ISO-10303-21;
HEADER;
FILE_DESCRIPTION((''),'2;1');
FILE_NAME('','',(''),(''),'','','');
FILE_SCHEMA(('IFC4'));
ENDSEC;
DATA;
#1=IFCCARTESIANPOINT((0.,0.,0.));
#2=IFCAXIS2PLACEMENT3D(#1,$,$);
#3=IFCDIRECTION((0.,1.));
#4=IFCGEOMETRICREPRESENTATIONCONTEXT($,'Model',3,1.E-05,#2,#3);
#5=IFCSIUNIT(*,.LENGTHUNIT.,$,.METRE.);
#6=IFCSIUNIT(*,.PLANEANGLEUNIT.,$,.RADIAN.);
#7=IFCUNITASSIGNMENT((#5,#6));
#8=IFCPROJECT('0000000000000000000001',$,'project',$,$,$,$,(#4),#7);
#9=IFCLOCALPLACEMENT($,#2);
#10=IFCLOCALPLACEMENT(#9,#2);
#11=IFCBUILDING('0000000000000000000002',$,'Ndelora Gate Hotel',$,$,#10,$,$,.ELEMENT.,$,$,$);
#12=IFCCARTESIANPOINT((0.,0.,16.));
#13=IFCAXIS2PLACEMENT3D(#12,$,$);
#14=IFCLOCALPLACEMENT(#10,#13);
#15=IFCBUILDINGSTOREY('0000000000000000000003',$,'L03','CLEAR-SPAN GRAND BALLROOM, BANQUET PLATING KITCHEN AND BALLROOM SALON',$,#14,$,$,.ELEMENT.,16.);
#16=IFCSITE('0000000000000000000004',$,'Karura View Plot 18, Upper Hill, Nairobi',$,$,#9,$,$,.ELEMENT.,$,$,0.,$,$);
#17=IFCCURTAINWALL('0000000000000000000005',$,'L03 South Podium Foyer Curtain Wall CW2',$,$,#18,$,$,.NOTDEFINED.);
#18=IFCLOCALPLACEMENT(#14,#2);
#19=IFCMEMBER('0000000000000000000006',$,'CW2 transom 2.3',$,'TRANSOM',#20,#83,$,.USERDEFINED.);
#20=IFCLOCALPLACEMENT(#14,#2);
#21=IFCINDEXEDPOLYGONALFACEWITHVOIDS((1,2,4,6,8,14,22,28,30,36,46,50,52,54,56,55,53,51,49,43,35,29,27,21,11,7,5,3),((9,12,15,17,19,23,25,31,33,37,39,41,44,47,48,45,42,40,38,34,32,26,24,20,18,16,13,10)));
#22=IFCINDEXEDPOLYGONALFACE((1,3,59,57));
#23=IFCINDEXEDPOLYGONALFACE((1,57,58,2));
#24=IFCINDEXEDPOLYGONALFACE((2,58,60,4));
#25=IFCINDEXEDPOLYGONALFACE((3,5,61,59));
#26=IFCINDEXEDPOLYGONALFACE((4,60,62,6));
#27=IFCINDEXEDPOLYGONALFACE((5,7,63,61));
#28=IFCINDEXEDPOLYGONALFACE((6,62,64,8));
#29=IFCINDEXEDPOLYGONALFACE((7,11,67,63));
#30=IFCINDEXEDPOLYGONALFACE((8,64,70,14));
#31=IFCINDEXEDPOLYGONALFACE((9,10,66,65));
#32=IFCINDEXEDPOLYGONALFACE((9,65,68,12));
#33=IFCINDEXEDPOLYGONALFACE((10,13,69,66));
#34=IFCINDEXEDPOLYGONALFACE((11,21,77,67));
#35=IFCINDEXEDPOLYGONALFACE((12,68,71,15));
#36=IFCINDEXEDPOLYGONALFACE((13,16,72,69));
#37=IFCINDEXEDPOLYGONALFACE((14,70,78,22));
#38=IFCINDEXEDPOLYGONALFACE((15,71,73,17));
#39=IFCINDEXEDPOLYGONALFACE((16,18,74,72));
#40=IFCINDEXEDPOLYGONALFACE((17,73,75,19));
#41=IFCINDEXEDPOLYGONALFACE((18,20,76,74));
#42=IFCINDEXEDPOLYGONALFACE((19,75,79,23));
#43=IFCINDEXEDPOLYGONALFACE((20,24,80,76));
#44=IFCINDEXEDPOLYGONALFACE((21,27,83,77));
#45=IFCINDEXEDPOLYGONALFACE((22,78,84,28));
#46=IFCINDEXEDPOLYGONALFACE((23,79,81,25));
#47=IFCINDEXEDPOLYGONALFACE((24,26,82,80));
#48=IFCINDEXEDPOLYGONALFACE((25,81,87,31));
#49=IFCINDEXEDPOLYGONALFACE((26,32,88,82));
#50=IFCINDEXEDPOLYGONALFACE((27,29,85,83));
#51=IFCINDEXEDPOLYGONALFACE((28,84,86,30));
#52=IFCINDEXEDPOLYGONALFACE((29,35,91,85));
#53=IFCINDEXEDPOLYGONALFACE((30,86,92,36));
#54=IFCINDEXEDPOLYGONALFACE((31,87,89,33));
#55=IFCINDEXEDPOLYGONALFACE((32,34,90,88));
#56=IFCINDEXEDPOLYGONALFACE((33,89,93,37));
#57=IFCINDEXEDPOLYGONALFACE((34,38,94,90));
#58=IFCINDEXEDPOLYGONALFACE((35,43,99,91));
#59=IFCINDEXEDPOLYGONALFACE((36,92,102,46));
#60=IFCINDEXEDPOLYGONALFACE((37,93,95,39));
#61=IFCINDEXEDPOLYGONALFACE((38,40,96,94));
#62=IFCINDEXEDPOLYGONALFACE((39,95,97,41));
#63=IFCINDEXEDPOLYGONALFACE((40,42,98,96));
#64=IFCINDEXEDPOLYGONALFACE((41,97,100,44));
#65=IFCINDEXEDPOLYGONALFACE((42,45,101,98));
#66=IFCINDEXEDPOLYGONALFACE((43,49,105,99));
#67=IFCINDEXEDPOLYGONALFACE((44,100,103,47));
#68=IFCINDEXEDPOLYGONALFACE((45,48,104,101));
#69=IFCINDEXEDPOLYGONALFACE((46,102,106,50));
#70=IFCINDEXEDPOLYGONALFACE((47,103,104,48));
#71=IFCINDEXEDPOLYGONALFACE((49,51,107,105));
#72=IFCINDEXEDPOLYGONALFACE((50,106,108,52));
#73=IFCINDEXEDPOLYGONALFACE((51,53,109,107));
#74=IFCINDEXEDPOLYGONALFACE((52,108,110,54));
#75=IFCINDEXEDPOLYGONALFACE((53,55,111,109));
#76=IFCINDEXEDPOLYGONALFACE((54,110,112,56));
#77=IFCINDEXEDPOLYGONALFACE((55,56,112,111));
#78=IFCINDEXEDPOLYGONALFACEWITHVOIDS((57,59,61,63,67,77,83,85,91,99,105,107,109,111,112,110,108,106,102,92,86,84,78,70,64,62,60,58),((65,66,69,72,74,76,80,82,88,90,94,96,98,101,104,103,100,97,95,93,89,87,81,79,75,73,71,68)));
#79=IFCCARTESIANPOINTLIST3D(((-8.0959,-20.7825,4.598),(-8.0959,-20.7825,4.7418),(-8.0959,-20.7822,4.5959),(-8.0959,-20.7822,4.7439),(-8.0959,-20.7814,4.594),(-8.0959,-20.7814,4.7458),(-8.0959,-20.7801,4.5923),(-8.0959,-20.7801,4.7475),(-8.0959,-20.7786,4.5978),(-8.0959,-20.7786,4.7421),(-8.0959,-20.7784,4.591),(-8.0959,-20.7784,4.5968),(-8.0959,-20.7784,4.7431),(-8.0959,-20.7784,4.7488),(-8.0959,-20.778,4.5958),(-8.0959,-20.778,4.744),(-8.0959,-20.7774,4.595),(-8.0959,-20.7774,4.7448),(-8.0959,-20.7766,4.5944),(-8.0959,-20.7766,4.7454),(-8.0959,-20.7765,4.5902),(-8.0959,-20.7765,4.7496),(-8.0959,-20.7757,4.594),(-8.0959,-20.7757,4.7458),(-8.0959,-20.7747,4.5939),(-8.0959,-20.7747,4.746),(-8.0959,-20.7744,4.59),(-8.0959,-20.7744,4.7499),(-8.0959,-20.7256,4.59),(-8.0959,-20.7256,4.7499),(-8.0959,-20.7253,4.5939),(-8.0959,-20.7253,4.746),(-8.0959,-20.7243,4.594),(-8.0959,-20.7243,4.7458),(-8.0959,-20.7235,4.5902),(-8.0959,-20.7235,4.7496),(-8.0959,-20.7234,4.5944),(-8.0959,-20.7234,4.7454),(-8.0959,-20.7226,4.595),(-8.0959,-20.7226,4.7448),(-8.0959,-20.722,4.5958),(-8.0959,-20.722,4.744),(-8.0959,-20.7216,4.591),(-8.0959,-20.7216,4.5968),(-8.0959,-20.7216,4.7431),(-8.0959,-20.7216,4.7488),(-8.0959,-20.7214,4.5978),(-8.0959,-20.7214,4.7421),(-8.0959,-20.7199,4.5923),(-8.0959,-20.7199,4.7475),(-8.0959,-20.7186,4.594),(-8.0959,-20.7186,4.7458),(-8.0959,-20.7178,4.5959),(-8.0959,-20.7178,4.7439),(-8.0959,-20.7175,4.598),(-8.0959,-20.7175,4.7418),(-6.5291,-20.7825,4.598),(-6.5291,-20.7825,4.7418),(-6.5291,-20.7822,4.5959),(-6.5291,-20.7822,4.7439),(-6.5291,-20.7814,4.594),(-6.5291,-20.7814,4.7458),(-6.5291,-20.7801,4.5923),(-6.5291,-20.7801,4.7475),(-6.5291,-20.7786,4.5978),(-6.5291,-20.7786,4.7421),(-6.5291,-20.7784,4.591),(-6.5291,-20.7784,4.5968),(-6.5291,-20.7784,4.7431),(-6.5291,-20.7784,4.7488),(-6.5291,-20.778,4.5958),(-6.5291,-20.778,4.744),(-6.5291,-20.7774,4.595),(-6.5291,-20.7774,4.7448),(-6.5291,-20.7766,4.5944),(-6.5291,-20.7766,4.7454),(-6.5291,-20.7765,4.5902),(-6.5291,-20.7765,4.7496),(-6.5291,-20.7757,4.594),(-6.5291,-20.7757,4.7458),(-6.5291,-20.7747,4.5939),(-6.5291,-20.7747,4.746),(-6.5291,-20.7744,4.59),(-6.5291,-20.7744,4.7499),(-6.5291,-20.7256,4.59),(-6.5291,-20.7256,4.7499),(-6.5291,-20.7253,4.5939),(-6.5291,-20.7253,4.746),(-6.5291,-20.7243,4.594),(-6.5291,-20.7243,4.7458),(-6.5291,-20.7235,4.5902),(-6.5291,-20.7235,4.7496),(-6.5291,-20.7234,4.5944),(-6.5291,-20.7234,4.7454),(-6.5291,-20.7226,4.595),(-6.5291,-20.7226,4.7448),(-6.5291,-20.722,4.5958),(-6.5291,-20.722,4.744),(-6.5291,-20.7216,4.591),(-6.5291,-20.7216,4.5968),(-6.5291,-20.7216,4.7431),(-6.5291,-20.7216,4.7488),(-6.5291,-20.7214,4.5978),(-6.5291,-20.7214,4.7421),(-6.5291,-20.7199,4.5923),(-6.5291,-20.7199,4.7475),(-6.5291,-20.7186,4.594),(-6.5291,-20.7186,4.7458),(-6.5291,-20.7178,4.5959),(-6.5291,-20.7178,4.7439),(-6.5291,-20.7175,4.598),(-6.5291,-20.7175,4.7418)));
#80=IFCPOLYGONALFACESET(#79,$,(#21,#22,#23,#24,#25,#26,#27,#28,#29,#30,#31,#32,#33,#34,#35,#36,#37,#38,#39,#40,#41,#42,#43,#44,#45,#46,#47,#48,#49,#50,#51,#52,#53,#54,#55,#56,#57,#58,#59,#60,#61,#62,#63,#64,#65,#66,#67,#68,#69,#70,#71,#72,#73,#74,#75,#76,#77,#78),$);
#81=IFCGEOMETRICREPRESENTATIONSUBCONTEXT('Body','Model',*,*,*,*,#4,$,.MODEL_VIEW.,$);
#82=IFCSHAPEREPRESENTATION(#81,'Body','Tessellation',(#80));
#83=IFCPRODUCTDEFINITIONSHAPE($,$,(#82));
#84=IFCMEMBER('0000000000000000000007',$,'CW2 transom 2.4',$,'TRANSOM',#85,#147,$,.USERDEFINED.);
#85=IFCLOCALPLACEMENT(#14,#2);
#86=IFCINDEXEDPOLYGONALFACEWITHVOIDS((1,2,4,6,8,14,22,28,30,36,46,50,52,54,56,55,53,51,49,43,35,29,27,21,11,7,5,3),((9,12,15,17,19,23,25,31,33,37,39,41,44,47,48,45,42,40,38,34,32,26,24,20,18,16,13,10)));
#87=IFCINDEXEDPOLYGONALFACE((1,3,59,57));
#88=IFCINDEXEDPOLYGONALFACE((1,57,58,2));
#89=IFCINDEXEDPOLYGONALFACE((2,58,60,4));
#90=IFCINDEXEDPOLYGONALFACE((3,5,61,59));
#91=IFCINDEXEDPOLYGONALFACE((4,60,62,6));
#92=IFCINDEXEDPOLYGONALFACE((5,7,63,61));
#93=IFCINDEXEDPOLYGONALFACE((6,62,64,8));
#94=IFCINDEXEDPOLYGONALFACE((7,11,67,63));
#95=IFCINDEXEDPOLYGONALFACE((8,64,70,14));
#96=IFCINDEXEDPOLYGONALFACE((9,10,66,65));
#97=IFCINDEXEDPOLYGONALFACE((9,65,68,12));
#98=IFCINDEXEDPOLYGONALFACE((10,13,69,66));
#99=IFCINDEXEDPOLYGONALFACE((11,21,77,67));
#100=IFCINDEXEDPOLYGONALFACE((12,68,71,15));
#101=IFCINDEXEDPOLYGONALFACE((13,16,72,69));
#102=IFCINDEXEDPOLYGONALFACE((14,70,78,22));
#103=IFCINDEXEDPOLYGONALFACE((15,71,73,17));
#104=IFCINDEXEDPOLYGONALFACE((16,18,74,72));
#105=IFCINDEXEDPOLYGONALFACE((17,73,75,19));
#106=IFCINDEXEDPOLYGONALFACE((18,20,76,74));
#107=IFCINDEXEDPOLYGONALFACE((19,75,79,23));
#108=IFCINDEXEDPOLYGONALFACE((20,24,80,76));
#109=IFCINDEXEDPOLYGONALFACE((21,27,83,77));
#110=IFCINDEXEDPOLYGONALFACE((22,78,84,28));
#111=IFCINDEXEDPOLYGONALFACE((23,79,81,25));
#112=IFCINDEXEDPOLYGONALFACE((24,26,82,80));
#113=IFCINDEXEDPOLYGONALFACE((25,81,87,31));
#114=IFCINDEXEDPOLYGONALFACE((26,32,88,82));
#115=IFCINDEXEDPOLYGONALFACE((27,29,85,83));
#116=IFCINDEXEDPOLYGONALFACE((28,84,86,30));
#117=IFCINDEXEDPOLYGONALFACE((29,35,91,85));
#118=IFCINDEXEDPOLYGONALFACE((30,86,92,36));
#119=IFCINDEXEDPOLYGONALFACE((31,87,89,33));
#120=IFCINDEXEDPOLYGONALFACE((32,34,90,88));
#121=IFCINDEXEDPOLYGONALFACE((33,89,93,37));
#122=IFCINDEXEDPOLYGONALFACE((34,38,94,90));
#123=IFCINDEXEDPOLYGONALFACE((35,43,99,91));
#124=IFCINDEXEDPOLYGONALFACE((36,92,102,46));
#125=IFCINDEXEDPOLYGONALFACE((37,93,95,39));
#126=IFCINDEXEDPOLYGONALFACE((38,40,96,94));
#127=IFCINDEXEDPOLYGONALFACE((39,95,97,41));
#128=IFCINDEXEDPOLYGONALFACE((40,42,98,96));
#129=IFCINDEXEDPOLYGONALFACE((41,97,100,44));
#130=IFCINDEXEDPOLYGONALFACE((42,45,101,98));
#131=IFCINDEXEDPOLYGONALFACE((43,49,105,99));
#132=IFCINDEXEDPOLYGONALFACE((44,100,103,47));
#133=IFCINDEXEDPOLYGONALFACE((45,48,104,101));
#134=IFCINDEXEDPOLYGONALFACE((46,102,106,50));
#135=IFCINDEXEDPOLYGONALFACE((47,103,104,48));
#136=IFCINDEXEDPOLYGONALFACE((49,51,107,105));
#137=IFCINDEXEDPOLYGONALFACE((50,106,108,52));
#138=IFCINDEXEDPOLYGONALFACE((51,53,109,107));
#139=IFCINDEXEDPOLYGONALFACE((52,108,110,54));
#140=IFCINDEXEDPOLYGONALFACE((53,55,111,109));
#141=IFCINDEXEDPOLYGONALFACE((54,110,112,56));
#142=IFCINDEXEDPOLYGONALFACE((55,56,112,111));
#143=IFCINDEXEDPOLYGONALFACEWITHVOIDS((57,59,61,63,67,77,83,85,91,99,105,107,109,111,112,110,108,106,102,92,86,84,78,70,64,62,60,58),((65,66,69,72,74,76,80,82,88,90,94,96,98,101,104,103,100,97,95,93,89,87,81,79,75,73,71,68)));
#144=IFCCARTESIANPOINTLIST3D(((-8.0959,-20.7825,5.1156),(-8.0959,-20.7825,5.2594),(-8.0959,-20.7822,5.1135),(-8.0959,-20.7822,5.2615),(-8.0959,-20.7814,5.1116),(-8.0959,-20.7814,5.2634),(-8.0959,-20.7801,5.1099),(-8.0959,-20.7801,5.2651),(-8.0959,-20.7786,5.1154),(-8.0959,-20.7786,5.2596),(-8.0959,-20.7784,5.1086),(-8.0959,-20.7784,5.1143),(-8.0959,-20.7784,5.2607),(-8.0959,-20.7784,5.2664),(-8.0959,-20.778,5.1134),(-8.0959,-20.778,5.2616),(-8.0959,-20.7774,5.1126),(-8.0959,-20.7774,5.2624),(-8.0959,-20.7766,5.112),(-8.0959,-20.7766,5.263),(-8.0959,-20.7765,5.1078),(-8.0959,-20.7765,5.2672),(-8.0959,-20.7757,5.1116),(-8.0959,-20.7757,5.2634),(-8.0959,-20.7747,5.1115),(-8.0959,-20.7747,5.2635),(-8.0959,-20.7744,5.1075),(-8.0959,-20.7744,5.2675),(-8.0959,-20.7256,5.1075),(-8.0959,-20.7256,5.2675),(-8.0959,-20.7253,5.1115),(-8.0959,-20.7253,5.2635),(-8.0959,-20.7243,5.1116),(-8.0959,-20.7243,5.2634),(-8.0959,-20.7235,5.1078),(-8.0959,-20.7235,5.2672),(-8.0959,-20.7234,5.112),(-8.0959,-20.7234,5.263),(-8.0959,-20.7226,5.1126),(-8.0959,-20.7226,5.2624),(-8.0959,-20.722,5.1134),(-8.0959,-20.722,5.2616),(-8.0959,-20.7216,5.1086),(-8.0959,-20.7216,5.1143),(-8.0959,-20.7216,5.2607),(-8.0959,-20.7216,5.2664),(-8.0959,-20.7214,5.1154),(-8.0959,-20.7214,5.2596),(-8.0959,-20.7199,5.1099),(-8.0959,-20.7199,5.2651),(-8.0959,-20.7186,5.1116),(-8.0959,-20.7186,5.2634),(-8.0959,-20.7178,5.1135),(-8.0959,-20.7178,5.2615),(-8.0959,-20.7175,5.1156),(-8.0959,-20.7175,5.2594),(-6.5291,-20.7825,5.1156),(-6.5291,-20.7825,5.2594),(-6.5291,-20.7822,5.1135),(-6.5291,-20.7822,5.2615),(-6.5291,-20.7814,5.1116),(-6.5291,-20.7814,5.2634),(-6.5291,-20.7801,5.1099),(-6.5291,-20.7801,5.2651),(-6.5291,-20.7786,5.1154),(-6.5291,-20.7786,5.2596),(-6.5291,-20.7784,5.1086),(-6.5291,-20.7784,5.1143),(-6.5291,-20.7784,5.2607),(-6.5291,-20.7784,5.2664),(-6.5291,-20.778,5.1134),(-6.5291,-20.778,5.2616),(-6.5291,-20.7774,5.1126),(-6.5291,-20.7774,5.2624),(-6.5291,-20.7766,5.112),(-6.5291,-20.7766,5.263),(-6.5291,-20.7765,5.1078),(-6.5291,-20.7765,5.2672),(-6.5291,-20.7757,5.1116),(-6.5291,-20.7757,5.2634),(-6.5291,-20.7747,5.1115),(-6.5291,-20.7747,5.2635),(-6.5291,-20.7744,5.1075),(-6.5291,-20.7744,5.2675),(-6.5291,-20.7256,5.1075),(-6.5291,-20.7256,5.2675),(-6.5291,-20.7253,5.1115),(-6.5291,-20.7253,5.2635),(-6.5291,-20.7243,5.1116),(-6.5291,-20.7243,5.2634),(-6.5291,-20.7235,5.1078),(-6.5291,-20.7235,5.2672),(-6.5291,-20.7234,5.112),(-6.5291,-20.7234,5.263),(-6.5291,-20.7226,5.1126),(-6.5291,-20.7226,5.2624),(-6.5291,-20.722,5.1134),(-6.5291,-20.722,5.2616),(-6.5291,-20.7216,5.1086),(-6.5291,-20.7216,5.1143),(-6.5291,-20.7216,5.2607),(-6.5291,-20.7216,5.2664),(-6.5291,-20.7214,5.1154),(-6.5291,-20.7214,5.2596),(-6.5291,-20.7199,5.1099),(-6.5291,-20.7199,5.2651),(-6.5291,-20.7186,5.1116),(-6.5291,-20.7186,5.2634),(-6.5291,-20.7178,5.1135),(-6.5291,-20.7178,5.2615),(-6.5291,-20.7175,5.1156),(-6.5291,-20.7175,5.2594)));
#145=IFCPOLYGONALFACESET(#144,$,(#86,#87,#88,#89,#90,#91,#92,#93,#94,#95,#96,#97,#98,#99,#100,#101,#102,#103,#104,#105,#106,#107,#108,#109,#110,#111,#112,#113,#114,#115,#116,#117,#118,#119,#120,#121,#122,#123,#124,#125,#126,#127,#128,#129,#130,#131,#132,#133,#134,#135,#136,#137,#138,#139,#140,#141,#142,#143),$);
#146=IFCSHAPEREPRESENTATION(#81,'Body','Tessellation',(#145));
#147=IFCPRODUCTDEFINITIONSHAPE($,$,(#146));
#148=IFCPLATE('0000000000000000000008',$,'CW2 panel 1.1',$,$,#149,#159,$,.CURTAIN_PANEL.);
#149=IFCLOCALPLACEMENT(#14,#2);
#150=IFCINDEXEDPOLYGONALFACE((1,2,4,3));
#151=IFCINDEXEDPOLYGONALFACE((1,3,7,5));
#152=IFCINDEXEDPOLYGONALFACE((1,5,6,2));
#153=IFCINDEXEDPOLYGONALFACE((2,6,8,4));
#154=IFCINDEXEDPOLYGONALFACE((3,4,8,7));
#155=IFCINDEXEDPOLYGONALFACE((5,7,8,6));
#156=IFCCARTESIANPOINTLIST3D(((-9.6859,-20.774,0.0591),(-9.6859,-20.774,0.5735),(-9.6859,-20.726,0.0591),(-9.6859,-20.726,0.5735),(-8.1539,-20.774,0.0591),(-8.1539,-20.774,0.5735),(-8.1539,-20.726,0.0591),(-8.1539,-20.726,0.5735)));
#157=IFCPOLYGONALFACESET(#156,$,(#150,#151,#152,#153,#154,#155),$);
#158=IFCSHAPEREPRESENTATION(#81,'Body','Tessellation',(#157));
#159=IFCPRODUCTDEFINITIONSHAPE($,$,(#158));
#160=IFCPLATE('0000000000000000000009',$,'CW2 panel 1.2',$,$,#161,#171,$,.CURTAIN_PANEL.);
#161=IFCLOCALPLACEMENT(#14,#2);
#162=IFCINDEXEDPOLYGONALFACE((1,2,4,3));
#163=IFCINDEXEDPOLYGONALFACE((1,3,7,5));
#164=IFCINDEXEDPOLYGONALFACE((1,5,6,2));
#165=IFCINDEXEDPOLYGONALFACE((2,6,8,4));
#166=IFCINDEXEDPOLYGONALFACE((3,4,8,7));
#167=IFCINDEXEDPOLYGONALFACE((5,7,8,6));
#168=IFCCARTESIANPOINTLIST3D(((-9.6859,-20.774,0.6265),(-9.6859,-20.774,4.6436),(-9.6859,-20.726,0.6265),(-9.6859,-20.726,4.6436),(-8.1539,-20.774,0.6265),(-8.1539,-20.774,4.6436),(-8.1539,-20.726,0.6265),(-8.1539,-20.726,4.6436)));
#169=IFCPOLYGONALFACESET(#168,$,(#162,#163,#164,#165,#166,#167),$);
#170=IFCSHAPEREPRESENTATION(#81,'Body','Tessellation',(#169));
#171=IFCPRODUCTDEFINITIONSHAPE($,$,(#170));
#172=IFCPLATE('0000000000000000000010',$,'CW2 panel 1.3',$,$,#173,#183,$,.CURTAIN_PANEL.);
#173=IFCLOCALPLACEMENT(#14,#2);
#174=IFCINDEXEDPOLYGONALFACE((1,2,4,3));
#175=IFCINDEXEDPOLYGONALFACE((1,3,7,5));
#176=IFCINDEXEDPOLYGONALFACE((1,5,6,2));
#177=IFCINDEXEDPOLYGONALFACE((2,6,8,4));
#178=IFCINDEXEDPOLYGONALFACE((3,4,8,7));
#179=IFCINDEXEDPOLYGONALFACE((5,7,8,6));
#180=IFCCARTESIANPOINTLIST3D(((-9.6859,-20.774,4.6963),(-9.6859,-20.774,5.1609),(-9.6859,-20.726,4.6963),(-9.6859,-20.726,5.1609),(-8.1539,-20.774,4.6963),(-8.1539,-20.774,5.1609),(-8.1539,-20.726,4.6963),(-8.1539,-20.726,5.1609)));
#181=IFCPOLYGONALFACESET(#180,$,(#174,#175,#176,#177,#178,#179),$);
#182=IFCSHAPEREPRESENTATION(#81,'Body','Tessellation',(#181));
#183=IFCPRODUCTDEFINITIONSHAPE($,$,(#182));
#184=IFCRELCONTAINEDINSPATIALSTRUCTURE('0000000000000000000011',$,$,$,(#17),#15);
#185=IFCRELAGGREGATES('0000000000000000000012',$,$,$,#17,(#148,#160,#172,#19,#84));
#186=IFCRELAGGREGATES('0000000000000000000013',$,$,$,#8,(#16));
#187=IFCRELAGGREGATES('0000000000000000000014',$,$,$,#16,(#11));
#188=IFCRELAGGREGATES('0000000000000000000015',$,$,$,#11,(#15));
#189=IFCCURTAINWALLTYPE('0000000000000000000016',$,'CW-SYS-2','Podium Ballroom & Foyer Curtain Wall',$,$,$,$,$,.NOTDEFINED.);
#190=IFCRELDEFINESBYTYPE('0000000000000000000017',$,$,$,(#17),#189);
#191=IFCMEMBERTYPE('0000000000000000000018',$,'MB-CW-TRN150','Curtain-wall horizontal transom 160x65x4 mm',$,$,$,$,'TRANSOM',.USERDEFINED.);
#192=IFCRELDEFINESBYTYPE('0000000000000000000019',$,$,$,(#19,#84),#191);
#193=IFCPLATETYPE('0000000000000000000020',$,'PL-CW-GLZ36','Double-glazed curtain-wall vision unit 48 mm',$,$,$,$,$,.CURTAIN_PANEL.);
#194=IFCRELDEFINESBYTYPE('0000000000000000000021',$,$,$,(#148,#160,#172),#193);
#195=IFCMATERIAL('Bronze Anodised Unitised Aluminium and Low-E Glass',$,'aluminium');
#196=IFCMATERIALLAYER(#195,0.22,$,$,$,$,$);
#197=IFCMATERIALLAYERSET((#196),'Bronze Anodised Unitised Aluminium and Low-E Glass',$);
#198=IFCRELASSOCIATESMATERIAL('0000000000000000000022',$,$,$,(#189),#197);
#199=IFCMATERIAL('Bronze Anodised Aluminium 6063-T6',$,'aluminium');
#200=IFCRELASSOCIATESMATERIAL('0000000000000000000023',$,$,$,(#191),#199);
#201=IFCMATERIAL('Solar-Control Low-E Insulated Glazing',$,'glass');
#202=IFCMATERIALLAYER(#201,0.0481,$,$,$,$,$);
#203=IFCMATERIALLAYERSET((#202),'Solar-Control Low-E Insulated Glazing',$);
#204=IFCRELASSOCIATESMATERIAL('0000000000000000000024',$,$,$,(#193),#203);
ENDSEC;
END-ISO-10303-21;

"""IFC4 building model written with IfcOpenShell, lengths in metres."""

from ifc_helpers import new_model, si_unit, direction, frame, origin, origin_2d, place, context, subcontext, project, spatial, rectangle, hollow_rectangle, extrude, material, layer, layer_set, material_profile, profile_set, type_object, element, aggregate, save


model = new_model("IFC4")

# Units and contexts
model_context = context("Model", 3, precision=1e-05, world=origin(), true_north=direction((0.0, 1.0)))
body_context = subcontext(model_context, "Body", "Model", "MODEL_VIEW")
ifc_project = project(units=[si_unit("LENGTHUNIT", "METRE"), si_unit("PLANEANGLEUNIT", "RADIAN")], contexts=[model_context])

# Site, building, storey
site_placement = place(None, origin())
site = spatial("IfcSite", under=ifc_project, at=site_placement, Name="Karura View Plot 18, Upper Hill, Nairobi", CompositionType="ELEMENT", RefElevation=0.0)
building_placement = place(site_placement, origin())
building = spatial("IfcBuilding", under=site, at=building_placement, Name="Ndelora Gate Hotel", CompositionType="ELEMENT")
storey_placement = place(building_placement, frame((0.0, 0.0, 16.0)))
storey = spatial("IfcBuildingStorey", under=building, at=storey_placement, Name="L03", Description="CLEAR-SPAN GRAND BALLROOM, BANQUET PLATING KITCHEN AND BALLROOM SALON", CompositionType="ELEMENT", Elevation=16.0)

# Curtain wall, members, plates
ifc_material_1 = material(Name="Bronze Anodised Unitised Aluminium and Low-E Glass", Category="aluminium")
ifc_layer_1 = layer(ifc_material_1, 0.22)
ifc_layer_set_1 = layer_set([ifc_layer_1], Name="Bronze Anodised Unitised Aluminium and Low-E Glass")
curtain_wall_type = type_object("IfcCurtainWallType", Name="CW-SYS-2", Description="Podium Ballroom & Foyer Curtain Wall", PredefinedType="NOTDEFINED", material=ifc_layer_set_1)
curtain_wall_placement = place(storey_placement, origin())
curtain_wall = element("IfcCurtainWall", 1, at=curtain_wall_placement, inside=storey, type_object=curtain_wall_type, Name="L03 South Podium Foyer Curtain Wall CW2", PredefinedType="NOTDEFINED")
ifc_material_2 = material(Name="Bronze Anodised Aluminium 6063-T6", Category="aluminium")
ifc_material_profile_1 = material_profile(ifc_material_2, hollow_rectangle(XDim=0.0649, YDim=0.1599, WallThickness=0.0039, InnerFilletRadius=0.0039, OuterFilletRadius=0.0081, at=origin_2d()), Name="ALU 160x65x4")
ifc_profile_set_1 = profile_set([ifc_material_profile_1], Name="Bronze Anodised Aluminium 6063-T6")
member_type_1 = type_object("IfcMemberType", Name="MB-CW-TRN150", Description="Curtain-wall horizontal transom 160x65x4 mm", ElementType="TRANSOM", PredefinedType="USERDEFINED", material=ifc_profile_set_1)
member_1_placement = place(storey_placement, frame((-8.0959, -20.75, 4.6699), z_axis=(1.0, 0.0, 0.0), x_axis=(0.0, 1.0, 0.0)))
member_1 = element("IfcMember", 2, at=member_1_placement, type_object=member_type_1, Name="CW2 transom 2.3", ObjectType="TRANSOM", PredefinedType="USERDEFINED", context=body_context, shape_type="SweptSolid", body=[
    extrude(hollow_rectangle(XDim=0.0649, YDim=0.1599, WallThickness=0.0039, InnerFilletRadius=0.0039, OuterFilletRadius=0.0081, at=origin_2d()), origin(), (0.0, 0.0, 1.0), 1.5669),
])
member_2_placement = place(storey_placement, frame((-8.0959, -20.75, 5.1875), z_axis=(1.0, 0.0, 0.0), x_axis=(0.0, 1.0, 0.0)))
member_2 = element("IfcMember", 3, at=member_2_placement, type_object=member_type_1, Name="CW2 transom 2.4", ObjectType="TRANSOM", PredefinedType="USERDEFINED", context=body_context, shape_type="SweptSolid", body=[
    extrude(hollow_rectangle(XDim=0.0649, YDim=0.1599, WallThickness=0.0039, InnerFilletRadius=0.0039, OuterFilletRadius=0.0081, at=origin_2d()), origin(), (0.0, 0.0, 1.0), 1.5669),
])
ifc_material_3 = material(Name="Solar-Control Low-E Insulated Glazing", Category="glass")
ifc_layer_2 = layer(ifc_material_3, 0.0481)
ifc_layer_set_2 = layer_set([ifc_layer_2], Name="Solar-Control Low-E Insulated Glazing")
plate_type = type_object("IfcPlateType", Name="PL-CW-GLZ36", Description="Double-glazed curtain-wall vision unit 48 mm", PredefinedType="CURTAIN_PANEL", material=ifc_layer_set_2)
plate_1_placement = place(storey_placement, frame((-8.9199, -20.75, 0.0591), z_axis=(0.0, 0.0, 1.0), x_axis=(1.0, 0.0, 0.0)))
plate_1 = element("IfcPlate", 4, at=plate_1_placement, type_object=plate_type, Name="CW2 panel 1.1", PredefinedType="CURTAIN_PANEL", context=body_context, shape_type="SweptSolid", body=[
    extrude(rectangle(XDim=1.532, YDim=0.0481, at=origin_2d()), origin(), (0.0, 0.0, 1.0), 0.5144),
])
plate_2_placement = place(storey_placement, frame((-8.9199, -20.75, 0.6265), z_axis=(0.0, 0.0, 1.0), x_axis=(1.0, 0.0, 0.0)))
plate_2 = element("IfcPlate", 5, at=plate_2_placement, type_object=plate_type, Name="CW2 panel 1.2", PredefinedType="CURTAIN_PANEL", context=body_context, shape_type="SweptSolid", body=[
    extrude(rectangle(XDim=1.532, YDim=0.0481, at=origin_2d()), origin(), (0.0, 0.0, 1.0), 4.0171),
])
plate_3_placement = place(storey_placement, frame((-8.9199, -20.75, 4.6963), z_axis=(0.0, 0.0, 1.0), x_axis=(1.0, 0.0, 0.0)))
plate_3 = element("IfcPlate", 6, at=plate_3_placement, type_object=plate_type, Name="CW2 panel 1.3", PredefinedType="CURTAIN_PANEL", context=body_context, shape_type="SweptSolid", body=[
    extrude(rectangle(XDim=1.532, YDim=0.0481, at=origin_2d()), origin(), (0.0, 0.0, 1.0), 0.4646),
])
aggregate(curtain_wall, [plate_1, plate_2, plate_3, member_1, member_2])

save(model, "model.ifc")
